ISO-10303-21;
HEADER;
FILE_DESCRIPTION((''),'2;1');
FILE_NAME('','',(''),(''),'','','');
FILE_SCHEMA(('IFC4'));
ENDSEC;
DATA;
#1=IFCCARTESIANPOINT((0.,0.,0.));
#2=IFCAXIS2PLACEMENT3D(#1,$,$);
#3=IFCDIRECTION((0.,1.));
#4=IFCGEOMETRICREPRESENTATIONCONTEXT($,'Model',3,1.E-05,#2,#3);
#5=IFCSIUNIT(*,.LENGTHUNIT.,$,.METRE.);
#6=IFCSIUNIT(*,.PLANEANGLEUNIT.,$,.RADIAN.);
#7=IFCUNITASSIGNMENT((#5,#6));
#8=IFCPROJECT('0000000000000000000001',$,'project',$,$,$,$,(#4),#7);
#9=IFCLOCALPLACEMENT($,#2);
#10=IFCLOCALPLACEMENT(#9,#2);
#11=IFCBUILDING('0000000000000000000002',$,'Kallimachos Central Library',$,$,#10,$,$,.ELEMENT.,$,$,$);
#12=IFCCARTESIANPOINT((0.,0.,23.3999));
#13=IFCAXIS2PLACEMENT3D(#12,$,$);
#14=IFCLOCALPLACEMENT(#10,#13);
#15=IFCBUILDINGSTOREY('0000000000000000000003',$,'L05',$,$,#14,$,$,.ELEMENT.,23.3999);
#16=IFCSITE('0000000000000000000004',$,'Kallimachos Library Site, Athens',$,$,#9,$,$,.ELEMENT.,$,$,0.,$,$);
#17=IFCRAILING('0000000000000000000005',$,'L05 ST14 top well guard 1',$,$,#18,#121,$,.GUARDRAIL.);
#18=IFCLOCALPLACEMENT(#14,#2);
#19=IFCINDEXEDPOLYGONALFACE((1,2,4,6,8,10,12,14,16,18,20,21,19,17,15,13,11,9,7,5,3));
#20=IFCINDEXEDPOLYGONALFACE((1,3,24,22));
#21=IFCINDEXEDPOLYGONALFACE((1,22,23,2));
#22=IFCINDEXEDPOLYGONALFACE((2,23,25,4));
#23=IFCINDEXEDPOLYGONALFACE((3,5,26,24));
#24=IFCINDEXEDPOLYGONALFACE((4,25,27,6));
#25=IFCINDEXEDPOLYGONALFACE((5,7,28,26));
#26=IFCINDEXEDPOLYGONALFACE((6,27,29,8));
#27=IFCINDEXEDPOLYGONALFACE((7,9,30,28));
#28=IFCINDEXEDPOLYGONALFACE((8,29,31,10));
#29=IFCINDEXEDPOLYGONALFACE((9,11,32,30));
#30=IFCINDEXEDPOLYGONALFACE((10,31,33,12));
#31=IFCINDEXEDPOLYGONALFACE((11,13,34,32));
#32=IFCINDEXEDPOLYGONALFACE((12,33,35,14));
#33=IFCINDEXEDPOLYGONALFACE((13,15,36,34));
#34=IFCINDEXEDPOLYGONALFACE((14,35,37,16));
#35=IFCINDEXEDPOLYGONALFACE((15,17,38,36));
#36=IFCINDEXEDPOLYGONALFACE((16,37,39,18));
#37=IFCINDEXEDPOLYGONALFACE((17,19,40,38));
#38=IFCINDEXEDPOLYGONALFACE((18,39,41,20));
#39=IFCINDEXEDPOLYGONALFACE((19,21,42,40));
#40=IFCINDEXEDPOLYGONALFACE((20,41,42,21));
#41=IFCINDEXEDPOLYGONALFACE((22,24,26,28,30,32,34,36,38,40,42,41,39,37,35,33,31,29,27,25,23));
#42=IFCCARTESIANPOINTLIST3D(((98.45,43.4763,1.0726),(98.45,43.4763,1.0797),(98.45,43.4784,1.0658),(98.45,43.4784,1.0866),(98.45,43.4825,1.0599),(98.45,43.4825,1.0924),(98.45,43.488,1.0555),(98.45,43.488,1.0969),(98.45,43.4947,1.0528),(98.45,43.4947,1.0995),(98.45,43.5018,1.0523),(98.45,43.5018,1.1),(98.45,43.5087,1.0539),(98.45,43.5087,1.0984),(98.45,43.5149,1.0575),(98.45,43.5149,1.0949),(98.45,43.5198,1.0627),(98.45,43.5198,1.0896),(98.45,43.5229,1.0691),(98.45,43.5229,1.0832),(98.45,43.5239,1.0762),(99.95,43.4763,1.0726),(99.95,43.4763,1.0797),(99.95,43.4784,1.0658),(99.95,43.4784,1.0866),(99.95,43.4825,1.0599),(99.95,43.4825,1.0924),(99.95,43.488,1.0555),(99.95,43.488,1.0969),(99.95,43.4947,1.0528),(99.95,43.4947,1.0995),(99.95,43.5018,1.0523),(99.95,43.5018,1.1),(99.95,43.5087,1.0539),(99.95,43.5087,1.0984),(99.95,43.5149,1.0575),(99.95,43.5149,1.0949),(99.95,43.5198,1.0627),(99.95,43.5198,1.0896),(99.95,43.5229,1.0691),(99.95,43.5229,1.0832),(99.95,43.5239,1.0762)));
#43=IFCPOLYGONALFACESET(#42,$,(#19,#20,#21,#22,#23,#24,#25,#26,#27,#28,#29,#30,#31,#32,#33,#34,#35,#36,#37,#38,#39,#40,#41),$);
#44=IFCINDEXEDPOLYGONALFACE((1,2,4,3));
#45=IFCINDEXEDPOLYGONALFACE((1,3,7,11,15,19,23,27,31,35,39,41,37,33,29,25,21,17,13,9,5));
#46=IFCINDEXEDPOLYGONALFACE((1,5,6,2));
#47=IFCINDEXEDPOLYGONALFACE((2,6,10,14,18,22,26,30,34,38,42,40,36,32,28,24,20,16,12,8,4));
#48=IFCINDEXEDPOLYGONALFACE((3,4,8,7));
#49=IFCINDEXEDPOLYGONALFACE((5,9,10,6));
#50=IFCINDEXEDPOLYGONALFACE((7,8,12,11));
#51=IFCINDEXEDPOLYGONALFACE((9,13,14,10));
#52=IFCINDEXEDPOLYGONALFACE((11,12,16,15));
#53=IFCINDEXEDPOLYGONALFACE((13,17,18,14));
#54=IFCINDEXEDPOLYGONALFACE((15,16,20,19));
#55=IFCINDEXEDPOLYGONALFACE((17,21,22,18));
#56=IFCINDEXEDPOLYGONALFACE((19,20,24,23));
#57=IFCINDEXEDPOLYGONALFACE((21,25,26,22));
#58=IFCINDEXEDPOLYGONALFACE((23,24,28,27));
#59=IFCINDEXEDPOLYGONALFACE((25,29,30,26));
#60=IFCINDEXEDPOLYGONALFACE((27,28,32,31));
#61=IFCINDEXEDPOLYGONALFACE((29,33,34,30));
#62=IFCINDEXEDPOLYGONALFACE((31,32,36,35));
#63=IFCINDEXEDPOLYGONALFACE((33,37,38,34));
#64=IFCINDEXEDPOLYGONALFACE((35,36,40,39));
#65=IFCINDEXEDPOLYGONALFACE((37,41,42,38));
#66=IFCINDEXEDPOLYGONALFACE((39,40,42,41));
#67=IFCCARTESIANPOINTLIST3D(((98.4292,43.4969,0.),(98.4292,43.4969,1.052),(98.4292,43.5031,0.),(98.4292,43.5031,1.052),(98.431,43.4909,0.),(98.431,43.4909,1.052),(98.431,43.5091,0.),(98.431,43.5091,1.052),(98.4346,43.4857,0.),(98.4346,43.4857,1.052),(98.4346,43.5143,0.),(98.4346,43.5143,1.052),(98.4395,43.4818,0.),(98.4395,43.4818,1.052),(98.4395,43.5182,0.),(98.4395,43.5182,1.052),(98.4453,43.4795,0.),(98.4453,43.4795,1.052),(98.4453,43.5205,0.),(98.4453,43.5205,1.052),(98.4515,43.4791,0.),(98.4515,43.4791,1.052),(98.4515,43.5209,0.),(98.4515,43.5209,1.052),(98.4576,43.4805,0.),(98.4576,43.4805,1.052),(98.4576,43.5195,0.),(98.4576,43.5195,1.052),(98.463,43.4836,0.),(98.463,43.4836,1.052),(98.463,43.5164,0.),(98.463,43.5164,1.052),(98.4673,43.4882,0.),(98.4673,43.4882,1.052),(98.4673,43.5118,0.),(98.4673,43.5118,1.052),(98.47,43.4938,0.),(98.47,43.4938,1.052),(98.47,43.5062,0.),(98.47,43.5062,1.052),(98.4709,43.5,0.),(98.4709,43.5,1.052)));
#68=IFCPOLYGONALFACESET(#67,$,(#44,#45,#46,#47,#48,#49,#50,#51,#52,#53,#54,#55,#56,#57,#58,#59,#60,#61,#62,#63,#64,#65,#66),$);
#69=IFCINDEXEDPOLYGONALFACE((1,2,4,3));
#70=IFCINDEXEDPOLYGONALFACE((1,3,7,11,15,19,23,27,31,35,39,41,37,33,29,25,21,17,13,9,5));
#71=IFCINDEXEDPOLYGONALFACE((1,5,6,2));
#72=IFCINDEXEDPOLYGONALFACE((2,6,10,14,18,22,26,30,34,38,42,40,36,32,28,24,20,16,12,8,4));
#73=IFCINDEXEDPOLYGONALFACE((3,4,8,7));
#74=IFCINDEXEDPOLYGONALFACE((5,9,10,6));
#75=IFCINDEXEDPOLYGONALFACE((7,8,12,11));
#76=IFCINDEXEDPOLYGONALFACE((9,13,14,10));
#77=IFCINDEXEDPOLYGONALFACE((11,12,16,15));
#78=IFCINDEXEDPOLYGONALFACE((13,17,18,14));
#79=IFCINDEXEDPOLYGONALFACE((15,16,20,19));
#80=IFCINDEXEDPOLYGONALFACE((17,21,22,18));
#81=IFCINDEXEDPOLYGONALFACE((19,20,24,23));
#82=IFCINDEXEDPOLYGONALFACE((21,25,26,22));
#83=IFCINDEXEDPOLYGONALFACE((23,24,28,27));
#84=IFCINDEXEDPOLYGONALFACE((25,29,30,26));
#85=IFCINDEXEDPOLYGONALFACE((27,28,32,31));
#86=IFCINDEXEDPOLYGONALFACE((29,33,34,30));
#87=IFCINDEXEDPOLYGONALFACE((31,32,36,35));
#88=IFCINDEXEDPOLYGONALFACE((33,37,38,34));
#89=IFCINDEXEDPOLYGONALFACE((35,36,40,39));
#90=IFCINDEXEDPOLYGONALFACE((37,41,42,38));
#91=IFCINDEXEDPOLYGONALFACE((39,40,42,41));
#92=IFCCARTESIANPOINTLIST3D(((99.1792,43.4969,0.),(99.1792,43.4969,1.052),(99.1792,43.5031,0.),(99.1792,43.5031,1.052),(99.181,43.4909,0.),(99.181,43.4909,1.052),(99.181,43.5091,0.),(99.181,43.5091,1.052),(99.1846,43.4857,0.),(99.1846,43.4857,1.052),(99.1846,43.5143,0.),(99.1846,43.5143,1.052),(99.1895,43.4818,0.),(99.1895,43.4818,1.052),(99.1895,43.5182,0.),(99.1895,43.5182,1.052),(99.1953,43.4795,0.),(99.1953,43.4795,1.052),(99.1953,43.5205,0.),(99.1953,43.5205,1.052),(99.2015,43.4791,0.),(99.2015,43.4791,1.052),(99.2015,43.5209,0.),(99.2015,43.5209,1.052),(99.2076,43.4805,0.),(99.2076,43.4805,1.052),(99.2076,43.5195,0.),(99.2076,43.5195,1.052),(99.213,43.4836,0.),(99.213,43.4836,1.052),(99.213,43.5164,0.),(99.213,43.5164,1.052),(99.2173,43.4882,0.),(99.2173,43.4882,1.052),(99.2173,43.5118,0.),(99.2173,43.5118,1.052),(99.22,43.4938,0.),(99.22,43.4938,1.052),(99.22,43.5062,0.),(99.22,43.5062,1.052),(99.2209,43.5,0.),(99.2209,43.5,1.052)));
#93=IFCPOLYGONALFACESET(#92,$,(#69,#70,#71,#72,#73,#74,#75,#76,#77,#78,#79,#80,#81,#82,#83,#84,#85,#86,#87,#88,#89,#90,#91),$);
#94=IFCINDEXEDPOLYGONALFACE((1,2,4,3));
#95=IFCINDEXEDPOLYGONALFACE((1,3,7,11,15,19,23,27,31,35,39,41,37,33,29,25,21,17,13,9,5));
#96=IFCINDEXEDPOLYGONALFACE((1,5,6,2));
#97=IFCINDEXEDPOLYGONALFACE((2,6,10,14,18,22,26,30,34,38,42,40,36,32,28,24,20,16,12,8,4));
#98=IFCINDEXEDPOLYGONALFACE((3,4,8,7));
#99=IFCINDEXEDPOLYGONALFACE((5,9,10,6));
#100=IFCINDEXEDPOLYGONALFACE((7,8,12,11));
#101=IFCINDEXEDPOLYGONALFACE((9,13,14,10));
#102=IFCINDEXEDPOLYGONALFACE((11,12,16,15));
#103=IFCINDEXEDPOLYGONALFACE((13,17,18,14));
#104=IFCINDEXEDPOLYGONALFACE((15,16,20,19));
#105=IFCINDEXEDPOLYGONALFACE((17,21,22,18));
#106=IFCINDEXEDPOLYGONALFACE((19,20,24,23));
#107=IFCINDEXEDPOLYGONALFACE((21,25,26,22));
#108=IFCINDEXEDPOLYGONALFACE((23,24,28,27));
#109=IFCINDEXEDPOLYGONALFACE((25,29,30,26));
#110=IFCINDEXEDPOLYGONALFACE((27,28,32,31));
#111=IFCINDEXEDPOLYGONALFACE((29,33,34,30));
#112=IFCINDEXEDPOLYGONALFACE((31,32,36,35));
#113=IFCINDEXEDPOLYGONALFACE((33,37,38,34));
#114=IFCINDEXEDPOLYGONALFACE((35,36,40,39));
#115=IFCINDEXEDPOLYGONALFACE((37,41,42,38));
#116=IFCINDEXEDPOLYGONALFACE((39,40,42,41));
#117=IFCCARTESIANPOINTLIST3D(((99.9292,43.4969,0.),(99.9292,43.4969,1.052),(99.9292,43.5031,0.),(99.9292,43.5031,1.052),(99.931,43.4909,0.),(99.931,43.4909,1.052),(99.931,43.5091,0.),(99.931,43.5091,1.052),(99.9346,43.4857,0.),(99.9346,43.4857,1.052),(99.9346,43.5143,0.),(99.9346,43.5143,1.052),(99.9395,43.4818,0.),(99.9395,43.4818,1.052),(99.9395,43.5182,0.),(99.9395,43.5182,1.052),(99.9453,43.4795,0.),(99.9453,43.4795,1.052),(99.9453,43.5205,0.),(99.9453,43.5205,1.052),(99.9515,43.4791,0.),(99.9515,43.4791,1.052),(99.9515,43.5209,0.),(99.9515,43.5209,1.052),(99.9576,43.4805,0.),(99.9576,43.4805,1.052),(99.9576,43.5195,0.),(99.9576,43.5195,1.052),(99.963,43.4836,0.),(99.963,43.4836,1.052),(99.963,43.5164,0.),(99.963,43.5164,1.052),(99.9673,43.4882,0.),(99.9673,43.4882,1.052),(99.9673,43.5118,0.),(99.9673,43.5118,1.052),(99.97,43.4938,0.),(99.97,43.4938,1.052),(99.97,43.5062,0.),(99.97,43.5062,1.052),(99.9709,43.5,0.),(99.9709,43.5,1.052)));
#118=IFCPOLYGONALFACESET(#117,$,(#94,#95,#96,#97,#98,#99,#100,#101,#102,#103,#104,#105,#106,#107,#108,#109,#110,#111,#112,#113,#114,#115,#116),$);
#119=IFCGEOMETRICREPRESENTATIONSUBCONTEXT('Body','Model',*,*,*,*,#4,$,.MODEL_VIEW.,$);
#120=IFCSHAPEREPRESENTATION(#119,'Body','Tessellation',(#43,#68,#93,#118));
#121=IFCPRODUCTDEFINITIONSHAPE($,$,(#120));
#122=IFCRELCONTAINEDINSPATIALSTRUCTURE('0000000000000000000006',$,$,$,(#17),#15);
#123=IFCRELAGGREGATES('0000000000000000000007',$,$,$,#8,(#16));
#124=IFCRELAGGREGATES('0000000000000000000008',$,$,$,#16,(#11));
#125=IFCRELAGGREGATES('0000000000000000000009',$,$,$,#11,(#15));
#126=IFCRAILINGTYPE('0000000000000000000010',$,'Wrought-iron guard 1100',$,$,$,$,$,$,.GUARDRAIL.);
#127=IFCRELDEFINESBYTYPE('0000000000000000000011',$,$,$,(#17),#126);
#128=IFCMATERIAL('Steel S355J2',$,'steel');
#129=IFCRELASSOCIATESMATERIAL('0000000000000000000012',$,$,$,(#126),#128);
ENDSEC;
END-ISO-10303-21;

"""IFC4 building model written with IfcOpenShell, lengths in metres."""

from ifc_helpers import new_model, si_unit, direction, frame, origin, origin_2d, place, context, subcontext, project, spatial, circle, extrude, material, type_object, element, save


model = new_model("IFC4")

# Units and contexts
model_context = context("Model", 3, precision=1e-05, world=origin(), true_north=direction((0.0, 1.0)))
body_context = subcontext(model_context, "Body", "Model", "MODEL_VIEW")
ifc_project = project(units=[si_unit("LENGTHUNIT", "METRE"), si_unit("PLANEANGLEUNIT", "RADIAN")], contexts=[model_context])

# Site, building, storey
site_placement = place(None, origin())
site = spatial("IfcSite", under=ifc_project, at=site_placement, Name="Kallimachos Library Site, Athens", CompositionType="ELEMENT", RefElevation=0.0)
building_placement = place(site_placement, origin())
building = spatial("IfcBuilding", under=site, at=building_placement, Name="Kallimachos Central Library", CompositionType="ELEMENT")
storey_placement = place(building_placement, frame((0.0, 0.0, 23.3999)))
storey = spatial("IfcBuildingStorey", under=building, at=storey_placement, Name="L05", CompositionType="ELEMENT", Elevation=23.3999)

# Railing
ifc_material_1 = material(Name="Steel S355J2", Category="steel")
railing_type = type_object("IfcRailingType", Name="Wrought-iron guard 1100", PredefinedType="GUARDRAIL", material=ifc_material_1)
railing_placement = place(storey_placement, frame((98.45, 43.5, 0.0)))
element("IfcRailing", 1, at=railing_placement, inside=storey, type_object=railing_type, Name="L05 ST14 top well guard 1", PredefinedType="GUARDRAIL", context=body_context, shape_type="SweptSolid", body=[
    extrude(circle(Radius=0.0239, at=origin_2d()), frame((0.0, 0.0, 1.0762), z_axis=(1.0, 0.0, 0.0), x_axis=(0.0, 1.0, 0.0)), (0.0, 0.0, 1.0), 1.5),
    extrude(circle(Radius=0.021, at=origin_2d()), origin(), (0.0, 0.0, 1.0), 1.052),
    extrude(circle(Radius=0.021, at=origin_2d()), frame((0.75, 0.0, 0.0)), (0.0, 0.0, 1.0), 1.052),
    extrude(circle(Radius=0.021, at=origin_2d()), frame((1.5, 0.0, 0.0)), (0.0, 0.0, 1.0), 1.052),
])

save(model, "model.ifc")
